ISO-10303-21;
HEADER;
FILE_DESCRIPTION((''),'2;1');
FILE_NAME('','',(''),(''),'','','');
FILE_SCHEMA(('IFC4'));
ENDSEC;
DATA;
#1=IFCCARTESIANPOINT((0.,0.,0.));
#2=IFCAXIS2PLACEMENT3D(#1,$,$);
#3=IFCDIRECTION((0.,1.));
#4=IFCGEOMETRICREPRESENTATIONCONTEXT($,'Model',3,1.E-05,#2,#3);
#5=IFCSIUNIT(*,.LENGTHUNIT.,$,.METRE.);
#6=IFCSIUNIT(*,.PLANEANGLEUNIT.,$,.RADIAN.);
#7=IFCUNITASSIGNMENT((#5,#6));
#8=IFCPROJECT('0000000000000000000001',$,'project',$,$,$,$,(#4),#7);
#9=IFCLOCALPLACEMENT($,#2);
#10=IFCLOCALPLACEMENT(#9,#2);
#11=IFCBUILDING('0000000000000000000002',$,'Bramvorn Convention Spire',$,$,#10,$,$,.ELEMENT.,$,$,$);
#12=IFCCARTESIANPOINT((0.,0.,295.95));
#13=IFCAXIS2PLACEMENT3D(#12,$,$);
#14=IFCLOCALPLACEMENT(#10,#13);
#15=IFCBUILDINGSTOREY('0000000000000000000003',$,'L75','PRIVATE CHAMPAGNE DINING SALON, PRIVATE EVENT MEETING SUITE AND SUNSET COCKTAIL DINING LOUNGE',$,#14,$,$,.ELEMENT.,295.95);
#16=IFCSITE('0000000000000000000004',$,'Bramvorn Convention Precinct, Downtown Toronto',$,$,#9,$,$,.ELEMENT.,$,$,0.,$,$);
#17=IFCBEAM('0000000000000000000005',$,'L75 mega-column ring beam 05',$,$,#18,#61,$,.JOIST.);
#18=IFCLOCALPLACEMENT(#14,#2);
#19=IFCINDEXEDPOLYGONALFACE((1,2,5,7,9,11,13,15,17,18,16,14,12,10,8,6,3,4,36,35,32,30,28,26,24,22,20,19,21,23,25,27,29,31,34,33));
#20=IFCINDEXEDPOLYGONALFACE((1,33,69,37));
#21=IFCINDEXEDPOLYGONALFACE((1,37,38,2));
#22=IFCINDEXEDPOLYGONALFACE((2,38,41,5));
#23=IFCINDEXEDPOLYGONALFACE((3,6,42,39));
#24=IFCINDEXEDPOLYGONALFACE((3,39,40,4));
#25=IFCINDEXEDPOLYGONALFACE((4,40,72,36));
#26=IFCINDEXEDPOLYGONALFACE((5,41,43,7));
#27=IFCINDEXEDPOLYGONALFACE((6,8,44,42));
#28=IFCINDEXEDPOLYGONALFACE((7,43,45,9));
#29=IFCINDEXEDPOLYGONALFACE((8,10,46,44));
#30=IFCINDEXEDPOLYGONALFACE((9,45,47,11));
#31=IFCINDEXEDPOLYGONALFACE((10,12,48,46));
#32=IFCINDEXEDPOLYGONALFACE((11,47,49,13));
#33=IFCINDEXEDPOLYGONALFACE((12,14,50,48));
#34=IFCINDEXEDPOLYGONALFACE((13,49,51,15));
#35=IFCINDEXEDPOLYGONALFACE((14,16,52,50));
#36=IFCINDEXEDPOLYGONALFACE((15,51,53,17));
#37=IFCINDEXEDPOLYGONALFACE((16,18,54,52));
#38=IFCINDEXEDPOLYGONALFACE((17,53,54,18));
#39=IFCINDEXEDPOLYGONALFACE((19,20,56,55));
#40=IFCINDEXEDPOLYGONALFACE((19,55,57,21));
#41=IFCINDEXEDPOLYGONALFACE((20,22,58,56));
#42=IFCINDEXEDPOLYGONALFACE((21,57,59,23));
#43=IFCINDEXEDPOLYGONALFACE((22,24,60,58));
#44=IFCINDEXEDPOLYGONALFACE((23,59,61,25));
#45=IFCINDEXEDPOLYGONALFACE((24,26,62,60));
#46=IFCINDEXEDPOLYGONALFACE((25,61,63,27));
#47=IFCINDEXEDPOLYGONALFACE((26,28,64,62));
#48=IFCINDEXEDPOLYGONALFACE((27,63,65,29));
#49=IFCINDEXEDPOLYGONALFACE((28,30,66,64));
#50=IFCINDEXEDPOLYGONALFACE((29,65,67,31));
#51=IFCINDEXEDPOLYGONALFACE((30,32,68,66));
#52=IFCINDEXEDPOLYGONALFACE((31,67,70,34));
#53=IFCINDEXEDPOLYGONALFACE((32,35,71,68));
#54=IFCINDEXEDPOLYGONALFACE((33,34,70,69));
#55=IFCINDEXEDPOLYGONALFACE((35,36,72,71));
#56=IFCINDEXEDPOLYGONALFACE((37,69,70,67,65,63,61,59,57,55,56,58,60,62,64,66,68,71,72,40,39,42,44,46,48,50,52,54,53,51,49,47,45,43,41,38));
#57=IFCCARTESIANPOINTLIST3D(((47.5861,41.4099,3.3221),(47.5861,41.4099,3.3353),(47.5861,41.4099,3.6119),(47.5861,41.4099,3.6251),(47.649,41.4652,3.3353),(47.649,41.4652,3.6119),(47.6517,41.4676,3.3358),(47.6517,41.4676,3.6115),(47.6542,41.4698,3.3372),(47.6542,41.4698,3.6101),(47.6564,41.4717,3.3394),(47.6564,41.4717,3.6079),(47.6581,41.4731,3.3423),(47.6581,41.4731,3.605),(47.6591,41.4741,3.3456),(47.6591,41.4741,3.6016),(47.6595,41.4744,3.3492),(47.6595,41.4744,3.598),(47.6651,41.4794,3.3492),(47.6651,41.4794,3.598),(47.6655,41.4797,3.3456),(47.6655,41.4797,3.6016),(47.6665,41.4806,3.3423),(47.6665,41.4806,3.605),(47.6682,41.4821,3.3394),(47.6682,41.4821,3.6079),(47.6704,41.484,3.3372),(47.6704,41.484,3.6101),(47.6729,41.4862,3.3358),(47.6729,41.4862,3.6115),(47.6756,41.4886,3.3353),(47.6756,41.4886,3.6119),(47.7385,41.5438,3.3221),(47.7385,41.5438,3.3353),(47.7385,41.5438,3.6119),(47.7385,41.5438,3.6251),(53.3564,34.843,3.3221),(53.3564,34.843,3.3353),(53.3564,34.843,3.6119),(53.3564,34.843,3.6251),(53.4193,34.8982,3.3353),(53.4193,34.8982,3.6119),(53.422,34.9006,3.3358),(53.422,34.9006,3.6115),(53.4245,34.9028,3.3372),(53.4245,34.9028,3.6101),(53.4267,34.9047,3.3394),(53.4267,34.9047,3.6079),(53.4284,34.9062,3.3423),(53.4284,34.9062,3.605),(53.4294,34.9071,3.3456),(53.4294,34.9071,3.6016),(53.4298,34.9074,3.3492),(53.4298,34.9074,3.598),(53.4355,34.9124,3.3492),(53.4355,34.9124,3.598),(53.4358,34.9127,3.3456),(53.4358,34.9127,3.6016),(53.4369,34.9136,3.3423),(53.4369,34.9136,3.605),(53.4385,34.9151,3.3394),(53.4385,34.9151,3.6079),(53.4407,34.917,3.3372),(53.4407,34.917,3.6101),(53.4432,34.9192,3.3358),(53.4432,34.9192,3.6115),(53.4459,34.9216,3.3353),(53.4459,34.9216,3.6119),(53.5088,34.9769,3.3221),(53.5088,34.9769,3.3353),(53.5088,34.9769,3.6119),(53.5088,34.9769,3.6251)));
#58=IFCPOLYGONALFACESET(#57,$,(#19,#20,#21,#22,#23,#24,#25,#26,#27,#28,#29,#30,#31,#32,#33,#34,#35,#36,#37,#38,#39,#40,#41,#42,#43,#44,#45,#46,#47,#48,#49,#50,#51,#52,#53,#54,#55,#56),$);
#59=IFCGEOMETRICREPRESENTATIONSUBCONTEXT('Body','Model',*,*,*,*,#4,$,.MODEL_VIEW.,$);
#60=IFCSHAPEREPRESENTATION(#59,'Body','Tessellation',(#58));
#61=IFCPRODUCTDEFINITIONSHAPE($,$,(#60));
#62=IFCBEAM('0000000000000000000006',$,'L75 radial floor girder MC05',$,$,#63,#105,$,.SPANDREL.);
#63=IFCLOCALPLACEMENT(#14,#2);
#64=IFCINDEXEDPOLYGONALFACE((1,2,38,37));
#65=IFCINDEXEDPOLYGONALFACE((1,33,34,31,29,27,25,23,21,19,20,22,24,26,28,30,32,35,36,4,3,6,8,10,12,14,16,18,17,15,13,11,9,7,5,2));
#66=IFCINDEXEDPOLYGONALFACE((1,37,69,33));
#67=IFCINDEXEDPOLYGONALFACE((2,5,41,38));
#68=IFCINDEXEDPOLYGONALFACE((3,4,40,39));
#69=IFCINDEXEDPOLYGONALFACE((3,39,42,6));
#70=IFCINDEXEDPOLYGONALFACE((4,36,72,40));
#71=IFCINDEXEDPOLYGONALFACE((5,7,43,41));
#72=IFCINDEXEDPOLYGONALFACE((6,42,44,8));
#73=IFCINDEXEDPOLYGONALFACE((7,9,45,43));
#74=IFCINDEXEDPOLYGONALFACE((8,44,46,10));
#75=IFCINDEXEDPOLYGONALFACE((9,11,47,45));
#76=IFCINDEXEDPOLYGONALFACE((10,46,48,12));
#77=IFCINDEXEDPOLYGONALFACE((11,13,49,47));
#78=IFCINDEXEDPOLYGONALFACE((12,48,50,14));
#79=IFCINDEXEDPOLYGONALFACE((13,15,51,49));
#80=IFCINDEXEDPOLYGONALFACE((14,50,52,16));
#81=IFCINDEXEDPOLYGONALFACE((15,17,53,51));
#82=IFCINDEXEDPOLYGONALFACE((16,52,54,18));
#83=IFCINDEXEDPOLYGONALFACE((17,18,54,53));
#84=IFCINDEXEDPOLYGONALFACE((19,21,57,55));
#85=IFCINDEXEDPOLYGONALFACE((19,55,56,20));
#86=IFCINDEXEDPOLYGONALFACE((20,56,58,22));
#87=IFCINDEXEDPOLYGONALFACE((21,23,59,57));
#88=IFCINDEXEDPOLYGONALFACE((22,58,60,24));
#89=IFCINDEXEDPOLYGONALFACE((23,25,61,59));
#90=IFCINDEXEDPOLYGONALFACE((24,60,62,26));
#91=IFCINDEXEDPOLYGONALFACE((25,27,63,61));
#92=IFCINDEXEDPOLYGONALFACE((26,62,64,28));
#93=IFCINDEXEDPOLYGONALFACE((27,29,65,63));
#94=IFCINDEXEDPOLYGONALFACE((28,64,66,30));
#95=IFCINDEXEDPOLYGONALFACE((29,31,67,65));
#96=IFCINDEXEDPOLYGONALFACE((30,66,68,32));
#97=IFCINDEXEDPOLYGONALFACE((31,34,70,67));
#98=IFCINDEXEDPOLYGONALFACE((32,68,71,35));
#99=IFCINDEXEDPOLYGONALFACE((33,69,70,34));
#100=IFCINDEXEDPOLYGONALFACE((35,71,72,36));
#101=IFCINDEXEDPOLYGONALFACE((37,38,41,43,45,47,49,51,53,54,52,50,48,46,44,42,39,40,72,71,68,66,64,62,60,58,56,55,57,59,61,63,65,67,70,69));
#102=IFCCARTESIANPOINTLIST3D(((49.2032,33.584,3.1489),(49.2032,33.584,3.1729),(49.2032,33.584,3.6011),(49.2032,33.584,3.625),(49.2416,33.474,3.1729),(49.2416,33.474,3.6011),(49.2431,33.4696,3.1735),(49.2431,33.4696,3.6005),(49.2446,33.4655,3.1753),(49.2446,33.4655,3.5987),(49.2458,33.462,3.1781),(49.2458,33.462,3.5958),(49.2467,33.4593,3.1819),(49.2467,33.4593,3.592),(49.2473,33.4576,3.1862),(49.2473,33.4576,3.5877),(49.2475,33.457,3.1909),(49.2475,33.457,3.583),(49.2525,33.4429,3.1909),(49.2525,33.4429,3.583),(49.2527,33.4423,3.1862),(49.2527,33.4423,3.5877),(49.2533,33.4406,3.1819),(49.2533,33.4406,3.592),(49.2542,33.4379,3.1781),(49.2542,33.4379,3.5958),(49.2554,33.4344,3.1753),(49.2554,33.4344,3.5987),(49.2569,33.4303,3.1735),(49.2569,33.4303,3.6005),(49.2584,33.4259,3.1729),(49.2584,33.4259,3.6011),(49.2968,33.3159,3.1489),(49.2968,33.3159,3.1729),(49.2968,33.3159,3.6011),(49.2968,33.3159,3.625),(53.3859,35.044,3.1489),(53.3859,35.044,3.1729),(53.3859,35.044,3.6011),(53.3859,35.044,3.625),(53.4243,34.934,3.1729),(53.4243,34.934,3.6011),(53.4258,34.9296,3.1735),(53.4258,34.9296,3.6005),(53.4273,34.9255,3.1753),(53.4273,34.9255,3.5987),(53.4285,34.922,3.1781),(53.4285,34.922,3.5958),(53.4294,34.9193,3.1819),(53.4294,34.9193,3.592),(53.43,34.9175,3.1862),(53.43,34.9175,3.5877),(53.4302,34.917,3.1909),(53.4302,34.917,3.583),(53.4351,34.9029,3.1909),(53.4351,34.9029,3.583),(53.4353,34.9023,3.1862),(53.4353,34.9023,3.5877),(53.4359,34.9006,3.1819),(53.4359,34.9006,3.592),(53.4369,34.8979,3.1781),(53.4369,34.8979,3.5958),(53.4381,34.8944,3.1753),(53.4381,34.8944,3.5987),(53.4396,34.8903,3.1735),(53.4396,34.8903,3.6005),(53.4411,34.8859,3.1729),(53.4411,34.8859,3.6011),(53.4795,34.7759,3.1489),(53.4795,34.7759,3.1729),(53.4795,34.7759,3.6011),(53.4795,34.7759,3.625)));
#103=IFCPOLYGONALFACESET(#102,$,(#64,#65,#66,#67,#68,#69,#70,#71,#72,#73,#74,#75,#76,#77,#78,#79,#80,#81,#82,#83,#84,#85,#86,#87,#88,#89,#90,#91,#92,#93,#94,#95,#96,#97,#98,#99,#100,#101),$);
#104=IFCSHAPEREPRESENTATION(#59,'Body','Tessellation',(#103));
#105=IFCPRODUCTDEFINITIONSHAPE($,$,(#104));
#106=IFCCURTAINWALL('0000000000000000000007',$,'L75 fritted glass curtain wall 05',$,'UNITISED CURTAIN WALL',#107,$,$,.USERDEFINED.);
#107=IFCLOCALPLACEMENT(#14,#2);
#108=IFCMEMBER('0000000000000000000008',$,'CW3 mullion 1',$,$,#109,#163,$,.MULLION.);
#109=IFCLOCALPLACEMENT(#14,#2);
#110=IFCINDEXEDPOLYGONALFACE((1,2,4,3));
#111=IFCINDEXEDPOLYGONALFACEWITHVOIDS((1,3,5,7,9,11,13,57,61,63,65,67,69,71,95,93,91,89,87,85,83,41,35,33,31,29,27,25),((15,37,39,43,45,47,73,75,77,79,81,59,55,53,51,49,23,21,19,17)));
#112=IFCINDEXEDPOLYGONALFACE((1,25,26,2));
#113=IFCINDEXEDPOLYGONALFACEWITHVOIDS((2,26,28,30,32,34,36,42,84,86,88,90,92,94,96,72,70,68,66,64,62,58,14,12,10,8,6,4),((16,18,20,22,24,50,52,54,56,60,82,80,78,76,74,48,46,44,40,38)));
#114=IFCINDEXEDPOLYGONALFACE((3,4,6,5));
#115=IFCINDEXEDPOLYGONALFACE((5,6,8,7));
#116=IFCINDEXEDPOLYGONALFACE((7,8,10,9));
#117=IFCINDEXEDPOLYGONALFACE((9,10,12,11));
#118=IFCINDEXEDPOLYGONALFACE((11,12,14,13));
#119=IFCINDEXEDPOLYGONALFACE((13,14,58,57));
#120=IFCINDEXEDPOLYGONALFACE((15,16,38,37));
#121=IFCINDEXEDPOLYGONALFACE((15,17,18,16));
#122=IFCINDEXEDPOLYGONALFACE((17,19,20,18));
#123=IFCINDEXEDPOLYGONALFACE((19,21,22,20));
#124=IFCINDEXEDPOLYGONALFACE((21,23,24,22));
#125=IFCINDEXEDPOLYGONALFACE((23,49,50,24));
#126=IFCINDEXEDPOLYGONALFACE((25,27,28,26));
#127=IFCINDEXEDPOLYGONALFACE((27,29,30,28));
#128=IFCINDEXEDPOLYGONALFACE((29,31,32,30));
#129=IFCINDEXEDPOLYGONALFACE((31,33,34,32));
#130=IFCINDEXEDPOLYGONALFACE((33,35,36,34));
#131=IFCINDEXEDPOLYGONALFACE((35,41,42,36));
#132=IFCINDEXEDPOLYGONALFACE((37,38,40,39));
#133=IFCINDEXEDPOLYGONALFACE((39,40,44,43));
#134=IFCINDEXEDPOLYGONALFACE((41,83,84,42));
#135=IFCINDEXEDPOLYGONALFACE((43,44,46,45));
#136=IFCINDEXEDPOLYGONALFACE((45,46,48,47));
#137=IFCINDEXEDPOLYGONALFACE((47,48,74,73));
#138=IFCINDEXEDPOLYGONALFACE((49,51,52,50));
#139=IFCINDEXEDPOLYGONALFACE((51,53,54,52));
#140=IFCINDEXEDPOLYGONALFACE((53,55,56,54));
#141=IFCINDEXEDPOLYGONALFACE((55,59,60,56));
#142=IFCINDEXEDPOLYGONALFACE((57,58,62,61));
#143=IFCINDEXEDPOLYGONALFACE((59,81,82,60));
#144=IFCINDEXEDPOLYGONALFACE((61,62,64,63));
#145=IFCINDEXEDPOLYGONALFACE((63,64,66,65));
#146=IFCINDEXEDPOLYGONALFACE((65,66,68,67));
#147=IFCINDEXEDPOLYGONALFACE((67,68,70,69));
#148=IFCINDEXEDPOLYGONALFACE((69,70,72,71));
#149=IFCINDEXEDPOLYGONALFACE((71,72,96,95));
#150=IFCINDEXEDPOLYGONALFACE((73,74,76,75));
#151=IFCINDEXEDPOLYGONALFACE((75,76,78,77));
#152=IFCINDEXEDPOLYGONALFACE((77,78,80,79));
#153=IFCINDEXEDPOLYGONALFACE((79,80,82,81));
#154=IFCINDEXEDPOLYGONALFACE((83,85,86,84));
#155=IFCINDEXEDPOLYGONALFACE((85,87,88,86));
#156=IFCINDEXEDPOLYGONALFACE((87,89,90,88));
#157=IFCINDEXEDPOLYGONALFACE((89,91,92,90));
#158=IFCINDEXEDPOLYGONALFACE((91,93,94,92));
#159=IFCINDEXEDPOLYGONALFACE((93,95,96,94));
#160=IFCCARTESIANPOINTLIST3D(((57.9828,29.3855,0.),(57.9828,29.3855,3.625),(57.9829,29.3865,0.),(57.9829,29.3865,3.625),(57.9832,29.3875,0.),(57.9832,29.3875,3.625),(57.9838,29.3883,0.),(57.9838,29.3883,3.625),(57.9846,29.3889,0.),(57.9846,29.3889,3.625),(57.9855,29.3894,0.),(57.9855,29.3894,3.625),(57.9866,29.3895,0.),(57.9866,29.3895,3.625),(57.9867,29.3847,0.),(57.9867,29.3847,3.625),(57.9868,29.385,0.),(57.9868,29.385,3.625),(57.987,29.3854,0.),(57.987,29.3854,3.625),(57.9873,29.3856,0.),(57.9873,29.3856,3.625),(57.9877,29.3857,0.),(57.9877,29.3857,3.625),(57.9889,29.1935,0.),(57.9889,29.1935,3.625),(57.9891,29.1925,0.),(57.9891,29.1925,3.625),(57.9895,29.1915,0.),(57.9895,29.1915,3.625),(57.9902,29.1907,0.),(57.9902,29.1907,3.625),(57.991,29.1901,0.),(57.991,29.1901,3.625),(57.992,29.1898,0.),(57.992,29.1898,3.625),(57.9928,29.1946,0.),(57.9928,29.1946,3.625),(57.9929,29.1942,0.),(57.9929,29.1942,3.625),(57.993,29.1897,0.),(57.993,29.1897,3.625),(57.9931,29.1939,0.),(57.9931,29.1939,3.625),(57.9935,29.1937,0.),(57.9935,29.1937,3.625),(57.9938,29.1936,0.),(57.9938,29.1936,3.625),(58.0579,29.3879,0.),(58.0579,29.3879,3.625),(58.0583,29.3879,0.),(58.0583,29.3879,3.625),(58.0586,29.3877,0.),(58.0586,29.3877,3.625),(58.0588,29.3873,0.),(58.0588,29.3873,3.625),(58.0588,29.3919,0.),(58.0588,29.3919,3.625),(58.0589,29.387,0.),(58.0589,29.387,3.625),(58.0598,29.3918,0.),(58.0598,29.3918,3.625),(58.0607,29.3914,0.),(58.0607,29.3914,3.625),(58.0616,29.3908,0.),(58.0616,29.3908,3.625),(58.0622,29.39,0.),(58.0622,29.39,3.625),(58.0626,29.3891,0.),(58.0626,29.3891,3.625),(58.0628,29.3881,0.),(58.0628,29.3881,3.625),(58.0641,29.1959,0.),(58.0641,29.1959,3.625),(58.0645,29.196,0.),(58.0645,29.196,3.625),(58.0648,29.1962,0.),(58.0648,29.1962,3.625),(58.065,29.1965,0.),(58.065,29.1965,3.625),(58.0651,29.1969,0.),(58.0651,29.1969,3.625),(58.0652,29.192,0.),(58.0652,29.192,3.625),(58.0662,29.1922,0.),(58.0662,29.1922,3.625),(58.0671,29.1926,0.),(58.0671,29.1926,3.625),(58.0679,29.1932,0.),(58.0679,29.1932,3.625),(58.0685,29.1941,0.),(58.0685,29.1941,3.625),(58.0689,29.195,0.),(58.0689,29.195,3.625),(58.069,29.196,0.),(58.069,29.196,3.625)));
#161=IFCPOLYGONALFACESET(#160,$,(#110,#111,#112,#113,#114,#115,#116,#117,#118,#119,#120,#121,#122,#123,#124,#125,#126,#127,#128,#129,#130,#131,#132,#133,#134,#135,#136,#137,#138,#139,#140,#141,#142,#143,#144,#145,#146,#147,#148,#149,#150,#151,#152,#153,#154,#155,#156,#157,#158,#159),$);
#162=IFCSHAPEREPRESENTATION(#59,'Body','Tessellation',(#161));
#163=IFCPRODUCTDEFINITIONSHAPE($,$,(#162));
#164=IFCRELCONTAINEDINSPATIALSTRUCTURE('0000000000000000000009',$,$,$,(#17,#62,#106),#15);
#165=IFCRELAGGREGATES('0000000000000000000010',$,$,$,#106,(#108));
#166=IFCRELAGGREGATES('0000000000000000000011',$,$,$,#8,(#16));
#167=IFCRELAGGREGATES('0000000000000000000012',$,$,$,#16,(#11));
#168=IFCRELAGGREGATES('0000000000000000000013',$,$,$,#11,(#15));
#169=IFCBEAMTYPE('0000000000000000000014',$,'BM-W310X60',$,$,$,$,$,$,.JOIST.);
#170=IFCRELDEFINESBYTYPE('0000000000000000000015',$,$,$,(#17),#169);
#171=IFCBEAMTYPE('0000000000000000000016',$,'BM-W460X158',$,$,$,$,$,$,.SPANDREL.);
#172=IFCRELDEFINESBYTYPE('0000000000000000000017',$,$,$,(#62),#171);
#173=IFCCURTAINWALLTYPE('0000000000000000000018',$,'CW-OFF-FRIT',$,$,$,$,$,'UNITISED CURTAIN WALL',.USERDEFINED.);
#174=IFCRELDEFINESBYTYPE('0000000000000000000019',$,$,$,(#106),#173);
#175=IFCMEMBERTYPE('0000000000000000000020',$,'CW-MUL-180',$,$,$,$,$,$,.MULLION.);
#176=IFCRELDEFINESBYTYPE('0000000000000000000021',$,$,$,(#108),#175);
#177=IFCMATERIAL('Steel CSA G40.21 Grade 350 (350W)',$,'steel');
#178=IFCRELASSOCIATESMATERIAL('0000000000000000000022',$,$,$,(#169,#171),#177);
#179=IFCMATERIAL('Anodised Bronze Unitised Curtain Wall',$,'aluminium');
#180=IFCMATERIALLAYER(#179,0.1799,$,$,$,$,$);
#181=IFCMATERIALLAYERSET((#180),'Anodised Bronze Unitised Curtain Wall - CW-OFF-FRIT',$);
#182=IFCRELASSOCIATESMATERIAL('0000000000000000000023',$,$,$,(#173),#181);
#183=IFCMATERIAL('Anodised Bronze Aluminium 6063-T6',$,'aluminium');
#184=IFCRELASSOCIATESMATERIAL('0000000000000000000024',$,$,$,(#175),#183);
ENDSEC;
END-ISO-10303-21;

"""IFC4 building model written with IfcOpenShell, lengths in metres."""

from ifc_helpers import new_model, si_unit, direction, frame, origin, origin_2d, place, context, subcontext, project, spatial, hollow_rectangle, i_section, extrude, material, layer, layer_set, material_profile, profile_set, type_object, element, aggregate, save


model = new_model("IFC4")

# Units and contexts
model_context = context("Model", 3, precision=1e-05, world=origin(), true_north=direction((0.0, 1.0)))
body_context = subcontext(model_context, "Body", "Model", "MODEL_VIEW")
ifc_project = project(units=[si_unit("LENGTHUNIT", "METRE"), si_unit("PLANEANGLEUNIT", "RADIAN")], contexts=[model_context])

# Site, building, storey
site_placement = place(None, origin())
site = spatial("IfcSite", under=ifc_project, at=site_placement, Name="Bramvorn Convention Precinct, Downtown Toronto", CompositionType="ELEMENT", RefElevation=0.0)
building_placement = place(site_placement, origin())
building = spatial("IfcBuilding", under=site, at=building_placement, Name="Bramvorn Convention Spire", CompositionType="ELEMENT")
storey_placement = place(building_placement, frame((0.0, 0.0, 295.95)))
storey = spatial("IfcBuildingStorey", under=building, at=storey_placement, Name="L75", Description="PRIVATE CHAMPAGNE DINING SALON, PRIVATE EVENT MEETING SUITE AND SUNSET COCKTAIL DINING LOUNGE", CompositionType="ELEMENT", Elevation=295.95)

# Shared definitions
ifc_material_1 = material(Name="Steel CSA G40.21 Grade 350 (350W)", Category="steel")

# Beams
ifc_material_profile_1 = material_profile(ifc_material_1, i_section(OverallWidth=0.2029, OverallDepth=0.303, WebThickness=0.0076, FlangeThickness=0.0132, FilletRadius=0.0139, at=origin_2d()))
ifc_profile_set_1 = profile_set([ifc_material_profile_1], Name="Steel CSA G40.21 Grade 350 (350W) - W310X60")
beam_type_1 = type_object("IfcBeamType", Name="BM-W310X60", PredefinedType="JOIST", material=ifc_profile_set_1)
beam_1_placement = place(storey_placement, frame((53.4326, 34.9099, 3.4736), z_axis=(-0.660073, 0.751201, 0.0), x_axis=(-0.751201, -0.660073, 0.0)))
element("IfcBeam", 1, at=beam_1_placement, inside=storey, type_object=beam_type_1, Name="L75 mega-column ring beam 05", PredefinedType="JOIST", context=body_context, shape_type="SweptSolid", body=[
    extrude(i_section(OverallWidth=0.2029, OverallDepth=0.303, WebThickness=0.0076, FlangeThickness=0.0132, FilletRadius=0.0139, at=origin_2d()), origin(), (0.0, 0.0, 1.0), 8.7419),
])
ifc_material_profile_2 = material_profile(ifc_material_1, i_section(OverallWidth=0.2839, OverallDepth=0.4761, WebThickness=0.0149, FlangeThickness=0.0239, FilletRadius=0.0181, at=origin_2d()))
ifc_profile_set_2 = profile_set([ifc_material_profile_2], Name="Steel CSA G40.21 Grade 350 (350W) - W460X158")
beam_type_2 = type_object("IfcBeamType", Name="BM-W460X158", PredefinedType="SPANDREL", material=ifc_profile_set_2)
beam_2_placement = place(storey_placement, frame((49.25, 33.45, 3.387), z_axis=(0.944136, 0.329555, 0.0), x_axis=(-0.329555, 0.944136, 0.0)))
element("IfcBeam", 2, at=beam_2_placement, inside=storey, type_object=beam_type_2, Name="L75 radial floor girder MC05", PredefinedType="SPANDREL", context=body_context, shape_type="SweptSolid", body=[
    extrude(i_section(OverallWidth=0.2839, OverallDepth=0.4761, WebThickness=0.0149, FlangeThickness=0.0239, FilletRadius=0.0181, at=origin_2d()), origin(), (0.0, 0.0, 1.0), 4.4302),
])

# Curtain wall, member
ifc_material_2 = material(Name="Anodised Bronze Unitised Curtain Wall", Category="aluminium")
ifc_layer_1 = layer(ifc_material_2, 0.1799)
ifc_layer_set_1 = layer_set([ifc_layer_1], Name="Anodised Bronze Unitised Curtain Wall - CW-OFF-FRIT")
curtain_wall_type = type_object("IfcCurtainWallType", Name="CW-OFF-FRIT", ElementType="UNITISED CURTAIN WALL", PredefinedType="USERDEFINED", material=ifc_layer_set_1)
curtain_wall_1_placement = place(storey_placement, origin())
curtain_wall_1 = element("IfcCurtainWall", 3, at=curtain_wall_1_placement, inside=storey, type_object=curtain_wall_type, Name="L75 fritted glass curtain wall 05", ObjectType="UNITISED CURTAIN WALL", PredefinedType="USERDEFINED")
ifc_material_3 = material(Name="Anodised Bronze Aluminium 6063-T6", Category="aluminium")
ifc_material_profile_3 = material_profile(ifc_material_3, hollow_rectangle(XDim=0.0801, YDim=0.2, WallThickness=0.0039, InnerFilletRadius=0.001, OuterFilletRadius=0.0039, at=origin_2d()))
ifc_profile_set_3 = profile_set([ifc_material_profile_3], Name="Anodised Bronze Aluminium 6063-T6 - CWM80X200")
member_type_1 = type_object("IfcMemberType", Name="CW-MUL-180", PredefinedType="MULLION", material=ifc_profile_set_3)
member_1_placement = place(storey_placement, frame((58.0259, 29.2908, 0.0), z_axis=(0.0, 0.0, 1.0), x_axis=(0.999483, 0.032147, 0.0)))
member_1 = element("IfcMember", 4, at=member_1_placement, type_object=member_type_1, Name="CW3 mullion 1", PredefinedType="MULLION", context=body_context, shape_type="SweptSolid", body=[
    extrude(hollow_rectangle(XDim=0.0801, YDim=0.2, WallThickness=0.0039, InnerFilletRadius=0.001, OuterFilletRadius=0.0039, at=origin_2d()), origin(), (0.0, 0.0, 1.0), 3.625),
])

aggregate(curtain_wall_1, [member_1])

save(model, "model.ifc")
